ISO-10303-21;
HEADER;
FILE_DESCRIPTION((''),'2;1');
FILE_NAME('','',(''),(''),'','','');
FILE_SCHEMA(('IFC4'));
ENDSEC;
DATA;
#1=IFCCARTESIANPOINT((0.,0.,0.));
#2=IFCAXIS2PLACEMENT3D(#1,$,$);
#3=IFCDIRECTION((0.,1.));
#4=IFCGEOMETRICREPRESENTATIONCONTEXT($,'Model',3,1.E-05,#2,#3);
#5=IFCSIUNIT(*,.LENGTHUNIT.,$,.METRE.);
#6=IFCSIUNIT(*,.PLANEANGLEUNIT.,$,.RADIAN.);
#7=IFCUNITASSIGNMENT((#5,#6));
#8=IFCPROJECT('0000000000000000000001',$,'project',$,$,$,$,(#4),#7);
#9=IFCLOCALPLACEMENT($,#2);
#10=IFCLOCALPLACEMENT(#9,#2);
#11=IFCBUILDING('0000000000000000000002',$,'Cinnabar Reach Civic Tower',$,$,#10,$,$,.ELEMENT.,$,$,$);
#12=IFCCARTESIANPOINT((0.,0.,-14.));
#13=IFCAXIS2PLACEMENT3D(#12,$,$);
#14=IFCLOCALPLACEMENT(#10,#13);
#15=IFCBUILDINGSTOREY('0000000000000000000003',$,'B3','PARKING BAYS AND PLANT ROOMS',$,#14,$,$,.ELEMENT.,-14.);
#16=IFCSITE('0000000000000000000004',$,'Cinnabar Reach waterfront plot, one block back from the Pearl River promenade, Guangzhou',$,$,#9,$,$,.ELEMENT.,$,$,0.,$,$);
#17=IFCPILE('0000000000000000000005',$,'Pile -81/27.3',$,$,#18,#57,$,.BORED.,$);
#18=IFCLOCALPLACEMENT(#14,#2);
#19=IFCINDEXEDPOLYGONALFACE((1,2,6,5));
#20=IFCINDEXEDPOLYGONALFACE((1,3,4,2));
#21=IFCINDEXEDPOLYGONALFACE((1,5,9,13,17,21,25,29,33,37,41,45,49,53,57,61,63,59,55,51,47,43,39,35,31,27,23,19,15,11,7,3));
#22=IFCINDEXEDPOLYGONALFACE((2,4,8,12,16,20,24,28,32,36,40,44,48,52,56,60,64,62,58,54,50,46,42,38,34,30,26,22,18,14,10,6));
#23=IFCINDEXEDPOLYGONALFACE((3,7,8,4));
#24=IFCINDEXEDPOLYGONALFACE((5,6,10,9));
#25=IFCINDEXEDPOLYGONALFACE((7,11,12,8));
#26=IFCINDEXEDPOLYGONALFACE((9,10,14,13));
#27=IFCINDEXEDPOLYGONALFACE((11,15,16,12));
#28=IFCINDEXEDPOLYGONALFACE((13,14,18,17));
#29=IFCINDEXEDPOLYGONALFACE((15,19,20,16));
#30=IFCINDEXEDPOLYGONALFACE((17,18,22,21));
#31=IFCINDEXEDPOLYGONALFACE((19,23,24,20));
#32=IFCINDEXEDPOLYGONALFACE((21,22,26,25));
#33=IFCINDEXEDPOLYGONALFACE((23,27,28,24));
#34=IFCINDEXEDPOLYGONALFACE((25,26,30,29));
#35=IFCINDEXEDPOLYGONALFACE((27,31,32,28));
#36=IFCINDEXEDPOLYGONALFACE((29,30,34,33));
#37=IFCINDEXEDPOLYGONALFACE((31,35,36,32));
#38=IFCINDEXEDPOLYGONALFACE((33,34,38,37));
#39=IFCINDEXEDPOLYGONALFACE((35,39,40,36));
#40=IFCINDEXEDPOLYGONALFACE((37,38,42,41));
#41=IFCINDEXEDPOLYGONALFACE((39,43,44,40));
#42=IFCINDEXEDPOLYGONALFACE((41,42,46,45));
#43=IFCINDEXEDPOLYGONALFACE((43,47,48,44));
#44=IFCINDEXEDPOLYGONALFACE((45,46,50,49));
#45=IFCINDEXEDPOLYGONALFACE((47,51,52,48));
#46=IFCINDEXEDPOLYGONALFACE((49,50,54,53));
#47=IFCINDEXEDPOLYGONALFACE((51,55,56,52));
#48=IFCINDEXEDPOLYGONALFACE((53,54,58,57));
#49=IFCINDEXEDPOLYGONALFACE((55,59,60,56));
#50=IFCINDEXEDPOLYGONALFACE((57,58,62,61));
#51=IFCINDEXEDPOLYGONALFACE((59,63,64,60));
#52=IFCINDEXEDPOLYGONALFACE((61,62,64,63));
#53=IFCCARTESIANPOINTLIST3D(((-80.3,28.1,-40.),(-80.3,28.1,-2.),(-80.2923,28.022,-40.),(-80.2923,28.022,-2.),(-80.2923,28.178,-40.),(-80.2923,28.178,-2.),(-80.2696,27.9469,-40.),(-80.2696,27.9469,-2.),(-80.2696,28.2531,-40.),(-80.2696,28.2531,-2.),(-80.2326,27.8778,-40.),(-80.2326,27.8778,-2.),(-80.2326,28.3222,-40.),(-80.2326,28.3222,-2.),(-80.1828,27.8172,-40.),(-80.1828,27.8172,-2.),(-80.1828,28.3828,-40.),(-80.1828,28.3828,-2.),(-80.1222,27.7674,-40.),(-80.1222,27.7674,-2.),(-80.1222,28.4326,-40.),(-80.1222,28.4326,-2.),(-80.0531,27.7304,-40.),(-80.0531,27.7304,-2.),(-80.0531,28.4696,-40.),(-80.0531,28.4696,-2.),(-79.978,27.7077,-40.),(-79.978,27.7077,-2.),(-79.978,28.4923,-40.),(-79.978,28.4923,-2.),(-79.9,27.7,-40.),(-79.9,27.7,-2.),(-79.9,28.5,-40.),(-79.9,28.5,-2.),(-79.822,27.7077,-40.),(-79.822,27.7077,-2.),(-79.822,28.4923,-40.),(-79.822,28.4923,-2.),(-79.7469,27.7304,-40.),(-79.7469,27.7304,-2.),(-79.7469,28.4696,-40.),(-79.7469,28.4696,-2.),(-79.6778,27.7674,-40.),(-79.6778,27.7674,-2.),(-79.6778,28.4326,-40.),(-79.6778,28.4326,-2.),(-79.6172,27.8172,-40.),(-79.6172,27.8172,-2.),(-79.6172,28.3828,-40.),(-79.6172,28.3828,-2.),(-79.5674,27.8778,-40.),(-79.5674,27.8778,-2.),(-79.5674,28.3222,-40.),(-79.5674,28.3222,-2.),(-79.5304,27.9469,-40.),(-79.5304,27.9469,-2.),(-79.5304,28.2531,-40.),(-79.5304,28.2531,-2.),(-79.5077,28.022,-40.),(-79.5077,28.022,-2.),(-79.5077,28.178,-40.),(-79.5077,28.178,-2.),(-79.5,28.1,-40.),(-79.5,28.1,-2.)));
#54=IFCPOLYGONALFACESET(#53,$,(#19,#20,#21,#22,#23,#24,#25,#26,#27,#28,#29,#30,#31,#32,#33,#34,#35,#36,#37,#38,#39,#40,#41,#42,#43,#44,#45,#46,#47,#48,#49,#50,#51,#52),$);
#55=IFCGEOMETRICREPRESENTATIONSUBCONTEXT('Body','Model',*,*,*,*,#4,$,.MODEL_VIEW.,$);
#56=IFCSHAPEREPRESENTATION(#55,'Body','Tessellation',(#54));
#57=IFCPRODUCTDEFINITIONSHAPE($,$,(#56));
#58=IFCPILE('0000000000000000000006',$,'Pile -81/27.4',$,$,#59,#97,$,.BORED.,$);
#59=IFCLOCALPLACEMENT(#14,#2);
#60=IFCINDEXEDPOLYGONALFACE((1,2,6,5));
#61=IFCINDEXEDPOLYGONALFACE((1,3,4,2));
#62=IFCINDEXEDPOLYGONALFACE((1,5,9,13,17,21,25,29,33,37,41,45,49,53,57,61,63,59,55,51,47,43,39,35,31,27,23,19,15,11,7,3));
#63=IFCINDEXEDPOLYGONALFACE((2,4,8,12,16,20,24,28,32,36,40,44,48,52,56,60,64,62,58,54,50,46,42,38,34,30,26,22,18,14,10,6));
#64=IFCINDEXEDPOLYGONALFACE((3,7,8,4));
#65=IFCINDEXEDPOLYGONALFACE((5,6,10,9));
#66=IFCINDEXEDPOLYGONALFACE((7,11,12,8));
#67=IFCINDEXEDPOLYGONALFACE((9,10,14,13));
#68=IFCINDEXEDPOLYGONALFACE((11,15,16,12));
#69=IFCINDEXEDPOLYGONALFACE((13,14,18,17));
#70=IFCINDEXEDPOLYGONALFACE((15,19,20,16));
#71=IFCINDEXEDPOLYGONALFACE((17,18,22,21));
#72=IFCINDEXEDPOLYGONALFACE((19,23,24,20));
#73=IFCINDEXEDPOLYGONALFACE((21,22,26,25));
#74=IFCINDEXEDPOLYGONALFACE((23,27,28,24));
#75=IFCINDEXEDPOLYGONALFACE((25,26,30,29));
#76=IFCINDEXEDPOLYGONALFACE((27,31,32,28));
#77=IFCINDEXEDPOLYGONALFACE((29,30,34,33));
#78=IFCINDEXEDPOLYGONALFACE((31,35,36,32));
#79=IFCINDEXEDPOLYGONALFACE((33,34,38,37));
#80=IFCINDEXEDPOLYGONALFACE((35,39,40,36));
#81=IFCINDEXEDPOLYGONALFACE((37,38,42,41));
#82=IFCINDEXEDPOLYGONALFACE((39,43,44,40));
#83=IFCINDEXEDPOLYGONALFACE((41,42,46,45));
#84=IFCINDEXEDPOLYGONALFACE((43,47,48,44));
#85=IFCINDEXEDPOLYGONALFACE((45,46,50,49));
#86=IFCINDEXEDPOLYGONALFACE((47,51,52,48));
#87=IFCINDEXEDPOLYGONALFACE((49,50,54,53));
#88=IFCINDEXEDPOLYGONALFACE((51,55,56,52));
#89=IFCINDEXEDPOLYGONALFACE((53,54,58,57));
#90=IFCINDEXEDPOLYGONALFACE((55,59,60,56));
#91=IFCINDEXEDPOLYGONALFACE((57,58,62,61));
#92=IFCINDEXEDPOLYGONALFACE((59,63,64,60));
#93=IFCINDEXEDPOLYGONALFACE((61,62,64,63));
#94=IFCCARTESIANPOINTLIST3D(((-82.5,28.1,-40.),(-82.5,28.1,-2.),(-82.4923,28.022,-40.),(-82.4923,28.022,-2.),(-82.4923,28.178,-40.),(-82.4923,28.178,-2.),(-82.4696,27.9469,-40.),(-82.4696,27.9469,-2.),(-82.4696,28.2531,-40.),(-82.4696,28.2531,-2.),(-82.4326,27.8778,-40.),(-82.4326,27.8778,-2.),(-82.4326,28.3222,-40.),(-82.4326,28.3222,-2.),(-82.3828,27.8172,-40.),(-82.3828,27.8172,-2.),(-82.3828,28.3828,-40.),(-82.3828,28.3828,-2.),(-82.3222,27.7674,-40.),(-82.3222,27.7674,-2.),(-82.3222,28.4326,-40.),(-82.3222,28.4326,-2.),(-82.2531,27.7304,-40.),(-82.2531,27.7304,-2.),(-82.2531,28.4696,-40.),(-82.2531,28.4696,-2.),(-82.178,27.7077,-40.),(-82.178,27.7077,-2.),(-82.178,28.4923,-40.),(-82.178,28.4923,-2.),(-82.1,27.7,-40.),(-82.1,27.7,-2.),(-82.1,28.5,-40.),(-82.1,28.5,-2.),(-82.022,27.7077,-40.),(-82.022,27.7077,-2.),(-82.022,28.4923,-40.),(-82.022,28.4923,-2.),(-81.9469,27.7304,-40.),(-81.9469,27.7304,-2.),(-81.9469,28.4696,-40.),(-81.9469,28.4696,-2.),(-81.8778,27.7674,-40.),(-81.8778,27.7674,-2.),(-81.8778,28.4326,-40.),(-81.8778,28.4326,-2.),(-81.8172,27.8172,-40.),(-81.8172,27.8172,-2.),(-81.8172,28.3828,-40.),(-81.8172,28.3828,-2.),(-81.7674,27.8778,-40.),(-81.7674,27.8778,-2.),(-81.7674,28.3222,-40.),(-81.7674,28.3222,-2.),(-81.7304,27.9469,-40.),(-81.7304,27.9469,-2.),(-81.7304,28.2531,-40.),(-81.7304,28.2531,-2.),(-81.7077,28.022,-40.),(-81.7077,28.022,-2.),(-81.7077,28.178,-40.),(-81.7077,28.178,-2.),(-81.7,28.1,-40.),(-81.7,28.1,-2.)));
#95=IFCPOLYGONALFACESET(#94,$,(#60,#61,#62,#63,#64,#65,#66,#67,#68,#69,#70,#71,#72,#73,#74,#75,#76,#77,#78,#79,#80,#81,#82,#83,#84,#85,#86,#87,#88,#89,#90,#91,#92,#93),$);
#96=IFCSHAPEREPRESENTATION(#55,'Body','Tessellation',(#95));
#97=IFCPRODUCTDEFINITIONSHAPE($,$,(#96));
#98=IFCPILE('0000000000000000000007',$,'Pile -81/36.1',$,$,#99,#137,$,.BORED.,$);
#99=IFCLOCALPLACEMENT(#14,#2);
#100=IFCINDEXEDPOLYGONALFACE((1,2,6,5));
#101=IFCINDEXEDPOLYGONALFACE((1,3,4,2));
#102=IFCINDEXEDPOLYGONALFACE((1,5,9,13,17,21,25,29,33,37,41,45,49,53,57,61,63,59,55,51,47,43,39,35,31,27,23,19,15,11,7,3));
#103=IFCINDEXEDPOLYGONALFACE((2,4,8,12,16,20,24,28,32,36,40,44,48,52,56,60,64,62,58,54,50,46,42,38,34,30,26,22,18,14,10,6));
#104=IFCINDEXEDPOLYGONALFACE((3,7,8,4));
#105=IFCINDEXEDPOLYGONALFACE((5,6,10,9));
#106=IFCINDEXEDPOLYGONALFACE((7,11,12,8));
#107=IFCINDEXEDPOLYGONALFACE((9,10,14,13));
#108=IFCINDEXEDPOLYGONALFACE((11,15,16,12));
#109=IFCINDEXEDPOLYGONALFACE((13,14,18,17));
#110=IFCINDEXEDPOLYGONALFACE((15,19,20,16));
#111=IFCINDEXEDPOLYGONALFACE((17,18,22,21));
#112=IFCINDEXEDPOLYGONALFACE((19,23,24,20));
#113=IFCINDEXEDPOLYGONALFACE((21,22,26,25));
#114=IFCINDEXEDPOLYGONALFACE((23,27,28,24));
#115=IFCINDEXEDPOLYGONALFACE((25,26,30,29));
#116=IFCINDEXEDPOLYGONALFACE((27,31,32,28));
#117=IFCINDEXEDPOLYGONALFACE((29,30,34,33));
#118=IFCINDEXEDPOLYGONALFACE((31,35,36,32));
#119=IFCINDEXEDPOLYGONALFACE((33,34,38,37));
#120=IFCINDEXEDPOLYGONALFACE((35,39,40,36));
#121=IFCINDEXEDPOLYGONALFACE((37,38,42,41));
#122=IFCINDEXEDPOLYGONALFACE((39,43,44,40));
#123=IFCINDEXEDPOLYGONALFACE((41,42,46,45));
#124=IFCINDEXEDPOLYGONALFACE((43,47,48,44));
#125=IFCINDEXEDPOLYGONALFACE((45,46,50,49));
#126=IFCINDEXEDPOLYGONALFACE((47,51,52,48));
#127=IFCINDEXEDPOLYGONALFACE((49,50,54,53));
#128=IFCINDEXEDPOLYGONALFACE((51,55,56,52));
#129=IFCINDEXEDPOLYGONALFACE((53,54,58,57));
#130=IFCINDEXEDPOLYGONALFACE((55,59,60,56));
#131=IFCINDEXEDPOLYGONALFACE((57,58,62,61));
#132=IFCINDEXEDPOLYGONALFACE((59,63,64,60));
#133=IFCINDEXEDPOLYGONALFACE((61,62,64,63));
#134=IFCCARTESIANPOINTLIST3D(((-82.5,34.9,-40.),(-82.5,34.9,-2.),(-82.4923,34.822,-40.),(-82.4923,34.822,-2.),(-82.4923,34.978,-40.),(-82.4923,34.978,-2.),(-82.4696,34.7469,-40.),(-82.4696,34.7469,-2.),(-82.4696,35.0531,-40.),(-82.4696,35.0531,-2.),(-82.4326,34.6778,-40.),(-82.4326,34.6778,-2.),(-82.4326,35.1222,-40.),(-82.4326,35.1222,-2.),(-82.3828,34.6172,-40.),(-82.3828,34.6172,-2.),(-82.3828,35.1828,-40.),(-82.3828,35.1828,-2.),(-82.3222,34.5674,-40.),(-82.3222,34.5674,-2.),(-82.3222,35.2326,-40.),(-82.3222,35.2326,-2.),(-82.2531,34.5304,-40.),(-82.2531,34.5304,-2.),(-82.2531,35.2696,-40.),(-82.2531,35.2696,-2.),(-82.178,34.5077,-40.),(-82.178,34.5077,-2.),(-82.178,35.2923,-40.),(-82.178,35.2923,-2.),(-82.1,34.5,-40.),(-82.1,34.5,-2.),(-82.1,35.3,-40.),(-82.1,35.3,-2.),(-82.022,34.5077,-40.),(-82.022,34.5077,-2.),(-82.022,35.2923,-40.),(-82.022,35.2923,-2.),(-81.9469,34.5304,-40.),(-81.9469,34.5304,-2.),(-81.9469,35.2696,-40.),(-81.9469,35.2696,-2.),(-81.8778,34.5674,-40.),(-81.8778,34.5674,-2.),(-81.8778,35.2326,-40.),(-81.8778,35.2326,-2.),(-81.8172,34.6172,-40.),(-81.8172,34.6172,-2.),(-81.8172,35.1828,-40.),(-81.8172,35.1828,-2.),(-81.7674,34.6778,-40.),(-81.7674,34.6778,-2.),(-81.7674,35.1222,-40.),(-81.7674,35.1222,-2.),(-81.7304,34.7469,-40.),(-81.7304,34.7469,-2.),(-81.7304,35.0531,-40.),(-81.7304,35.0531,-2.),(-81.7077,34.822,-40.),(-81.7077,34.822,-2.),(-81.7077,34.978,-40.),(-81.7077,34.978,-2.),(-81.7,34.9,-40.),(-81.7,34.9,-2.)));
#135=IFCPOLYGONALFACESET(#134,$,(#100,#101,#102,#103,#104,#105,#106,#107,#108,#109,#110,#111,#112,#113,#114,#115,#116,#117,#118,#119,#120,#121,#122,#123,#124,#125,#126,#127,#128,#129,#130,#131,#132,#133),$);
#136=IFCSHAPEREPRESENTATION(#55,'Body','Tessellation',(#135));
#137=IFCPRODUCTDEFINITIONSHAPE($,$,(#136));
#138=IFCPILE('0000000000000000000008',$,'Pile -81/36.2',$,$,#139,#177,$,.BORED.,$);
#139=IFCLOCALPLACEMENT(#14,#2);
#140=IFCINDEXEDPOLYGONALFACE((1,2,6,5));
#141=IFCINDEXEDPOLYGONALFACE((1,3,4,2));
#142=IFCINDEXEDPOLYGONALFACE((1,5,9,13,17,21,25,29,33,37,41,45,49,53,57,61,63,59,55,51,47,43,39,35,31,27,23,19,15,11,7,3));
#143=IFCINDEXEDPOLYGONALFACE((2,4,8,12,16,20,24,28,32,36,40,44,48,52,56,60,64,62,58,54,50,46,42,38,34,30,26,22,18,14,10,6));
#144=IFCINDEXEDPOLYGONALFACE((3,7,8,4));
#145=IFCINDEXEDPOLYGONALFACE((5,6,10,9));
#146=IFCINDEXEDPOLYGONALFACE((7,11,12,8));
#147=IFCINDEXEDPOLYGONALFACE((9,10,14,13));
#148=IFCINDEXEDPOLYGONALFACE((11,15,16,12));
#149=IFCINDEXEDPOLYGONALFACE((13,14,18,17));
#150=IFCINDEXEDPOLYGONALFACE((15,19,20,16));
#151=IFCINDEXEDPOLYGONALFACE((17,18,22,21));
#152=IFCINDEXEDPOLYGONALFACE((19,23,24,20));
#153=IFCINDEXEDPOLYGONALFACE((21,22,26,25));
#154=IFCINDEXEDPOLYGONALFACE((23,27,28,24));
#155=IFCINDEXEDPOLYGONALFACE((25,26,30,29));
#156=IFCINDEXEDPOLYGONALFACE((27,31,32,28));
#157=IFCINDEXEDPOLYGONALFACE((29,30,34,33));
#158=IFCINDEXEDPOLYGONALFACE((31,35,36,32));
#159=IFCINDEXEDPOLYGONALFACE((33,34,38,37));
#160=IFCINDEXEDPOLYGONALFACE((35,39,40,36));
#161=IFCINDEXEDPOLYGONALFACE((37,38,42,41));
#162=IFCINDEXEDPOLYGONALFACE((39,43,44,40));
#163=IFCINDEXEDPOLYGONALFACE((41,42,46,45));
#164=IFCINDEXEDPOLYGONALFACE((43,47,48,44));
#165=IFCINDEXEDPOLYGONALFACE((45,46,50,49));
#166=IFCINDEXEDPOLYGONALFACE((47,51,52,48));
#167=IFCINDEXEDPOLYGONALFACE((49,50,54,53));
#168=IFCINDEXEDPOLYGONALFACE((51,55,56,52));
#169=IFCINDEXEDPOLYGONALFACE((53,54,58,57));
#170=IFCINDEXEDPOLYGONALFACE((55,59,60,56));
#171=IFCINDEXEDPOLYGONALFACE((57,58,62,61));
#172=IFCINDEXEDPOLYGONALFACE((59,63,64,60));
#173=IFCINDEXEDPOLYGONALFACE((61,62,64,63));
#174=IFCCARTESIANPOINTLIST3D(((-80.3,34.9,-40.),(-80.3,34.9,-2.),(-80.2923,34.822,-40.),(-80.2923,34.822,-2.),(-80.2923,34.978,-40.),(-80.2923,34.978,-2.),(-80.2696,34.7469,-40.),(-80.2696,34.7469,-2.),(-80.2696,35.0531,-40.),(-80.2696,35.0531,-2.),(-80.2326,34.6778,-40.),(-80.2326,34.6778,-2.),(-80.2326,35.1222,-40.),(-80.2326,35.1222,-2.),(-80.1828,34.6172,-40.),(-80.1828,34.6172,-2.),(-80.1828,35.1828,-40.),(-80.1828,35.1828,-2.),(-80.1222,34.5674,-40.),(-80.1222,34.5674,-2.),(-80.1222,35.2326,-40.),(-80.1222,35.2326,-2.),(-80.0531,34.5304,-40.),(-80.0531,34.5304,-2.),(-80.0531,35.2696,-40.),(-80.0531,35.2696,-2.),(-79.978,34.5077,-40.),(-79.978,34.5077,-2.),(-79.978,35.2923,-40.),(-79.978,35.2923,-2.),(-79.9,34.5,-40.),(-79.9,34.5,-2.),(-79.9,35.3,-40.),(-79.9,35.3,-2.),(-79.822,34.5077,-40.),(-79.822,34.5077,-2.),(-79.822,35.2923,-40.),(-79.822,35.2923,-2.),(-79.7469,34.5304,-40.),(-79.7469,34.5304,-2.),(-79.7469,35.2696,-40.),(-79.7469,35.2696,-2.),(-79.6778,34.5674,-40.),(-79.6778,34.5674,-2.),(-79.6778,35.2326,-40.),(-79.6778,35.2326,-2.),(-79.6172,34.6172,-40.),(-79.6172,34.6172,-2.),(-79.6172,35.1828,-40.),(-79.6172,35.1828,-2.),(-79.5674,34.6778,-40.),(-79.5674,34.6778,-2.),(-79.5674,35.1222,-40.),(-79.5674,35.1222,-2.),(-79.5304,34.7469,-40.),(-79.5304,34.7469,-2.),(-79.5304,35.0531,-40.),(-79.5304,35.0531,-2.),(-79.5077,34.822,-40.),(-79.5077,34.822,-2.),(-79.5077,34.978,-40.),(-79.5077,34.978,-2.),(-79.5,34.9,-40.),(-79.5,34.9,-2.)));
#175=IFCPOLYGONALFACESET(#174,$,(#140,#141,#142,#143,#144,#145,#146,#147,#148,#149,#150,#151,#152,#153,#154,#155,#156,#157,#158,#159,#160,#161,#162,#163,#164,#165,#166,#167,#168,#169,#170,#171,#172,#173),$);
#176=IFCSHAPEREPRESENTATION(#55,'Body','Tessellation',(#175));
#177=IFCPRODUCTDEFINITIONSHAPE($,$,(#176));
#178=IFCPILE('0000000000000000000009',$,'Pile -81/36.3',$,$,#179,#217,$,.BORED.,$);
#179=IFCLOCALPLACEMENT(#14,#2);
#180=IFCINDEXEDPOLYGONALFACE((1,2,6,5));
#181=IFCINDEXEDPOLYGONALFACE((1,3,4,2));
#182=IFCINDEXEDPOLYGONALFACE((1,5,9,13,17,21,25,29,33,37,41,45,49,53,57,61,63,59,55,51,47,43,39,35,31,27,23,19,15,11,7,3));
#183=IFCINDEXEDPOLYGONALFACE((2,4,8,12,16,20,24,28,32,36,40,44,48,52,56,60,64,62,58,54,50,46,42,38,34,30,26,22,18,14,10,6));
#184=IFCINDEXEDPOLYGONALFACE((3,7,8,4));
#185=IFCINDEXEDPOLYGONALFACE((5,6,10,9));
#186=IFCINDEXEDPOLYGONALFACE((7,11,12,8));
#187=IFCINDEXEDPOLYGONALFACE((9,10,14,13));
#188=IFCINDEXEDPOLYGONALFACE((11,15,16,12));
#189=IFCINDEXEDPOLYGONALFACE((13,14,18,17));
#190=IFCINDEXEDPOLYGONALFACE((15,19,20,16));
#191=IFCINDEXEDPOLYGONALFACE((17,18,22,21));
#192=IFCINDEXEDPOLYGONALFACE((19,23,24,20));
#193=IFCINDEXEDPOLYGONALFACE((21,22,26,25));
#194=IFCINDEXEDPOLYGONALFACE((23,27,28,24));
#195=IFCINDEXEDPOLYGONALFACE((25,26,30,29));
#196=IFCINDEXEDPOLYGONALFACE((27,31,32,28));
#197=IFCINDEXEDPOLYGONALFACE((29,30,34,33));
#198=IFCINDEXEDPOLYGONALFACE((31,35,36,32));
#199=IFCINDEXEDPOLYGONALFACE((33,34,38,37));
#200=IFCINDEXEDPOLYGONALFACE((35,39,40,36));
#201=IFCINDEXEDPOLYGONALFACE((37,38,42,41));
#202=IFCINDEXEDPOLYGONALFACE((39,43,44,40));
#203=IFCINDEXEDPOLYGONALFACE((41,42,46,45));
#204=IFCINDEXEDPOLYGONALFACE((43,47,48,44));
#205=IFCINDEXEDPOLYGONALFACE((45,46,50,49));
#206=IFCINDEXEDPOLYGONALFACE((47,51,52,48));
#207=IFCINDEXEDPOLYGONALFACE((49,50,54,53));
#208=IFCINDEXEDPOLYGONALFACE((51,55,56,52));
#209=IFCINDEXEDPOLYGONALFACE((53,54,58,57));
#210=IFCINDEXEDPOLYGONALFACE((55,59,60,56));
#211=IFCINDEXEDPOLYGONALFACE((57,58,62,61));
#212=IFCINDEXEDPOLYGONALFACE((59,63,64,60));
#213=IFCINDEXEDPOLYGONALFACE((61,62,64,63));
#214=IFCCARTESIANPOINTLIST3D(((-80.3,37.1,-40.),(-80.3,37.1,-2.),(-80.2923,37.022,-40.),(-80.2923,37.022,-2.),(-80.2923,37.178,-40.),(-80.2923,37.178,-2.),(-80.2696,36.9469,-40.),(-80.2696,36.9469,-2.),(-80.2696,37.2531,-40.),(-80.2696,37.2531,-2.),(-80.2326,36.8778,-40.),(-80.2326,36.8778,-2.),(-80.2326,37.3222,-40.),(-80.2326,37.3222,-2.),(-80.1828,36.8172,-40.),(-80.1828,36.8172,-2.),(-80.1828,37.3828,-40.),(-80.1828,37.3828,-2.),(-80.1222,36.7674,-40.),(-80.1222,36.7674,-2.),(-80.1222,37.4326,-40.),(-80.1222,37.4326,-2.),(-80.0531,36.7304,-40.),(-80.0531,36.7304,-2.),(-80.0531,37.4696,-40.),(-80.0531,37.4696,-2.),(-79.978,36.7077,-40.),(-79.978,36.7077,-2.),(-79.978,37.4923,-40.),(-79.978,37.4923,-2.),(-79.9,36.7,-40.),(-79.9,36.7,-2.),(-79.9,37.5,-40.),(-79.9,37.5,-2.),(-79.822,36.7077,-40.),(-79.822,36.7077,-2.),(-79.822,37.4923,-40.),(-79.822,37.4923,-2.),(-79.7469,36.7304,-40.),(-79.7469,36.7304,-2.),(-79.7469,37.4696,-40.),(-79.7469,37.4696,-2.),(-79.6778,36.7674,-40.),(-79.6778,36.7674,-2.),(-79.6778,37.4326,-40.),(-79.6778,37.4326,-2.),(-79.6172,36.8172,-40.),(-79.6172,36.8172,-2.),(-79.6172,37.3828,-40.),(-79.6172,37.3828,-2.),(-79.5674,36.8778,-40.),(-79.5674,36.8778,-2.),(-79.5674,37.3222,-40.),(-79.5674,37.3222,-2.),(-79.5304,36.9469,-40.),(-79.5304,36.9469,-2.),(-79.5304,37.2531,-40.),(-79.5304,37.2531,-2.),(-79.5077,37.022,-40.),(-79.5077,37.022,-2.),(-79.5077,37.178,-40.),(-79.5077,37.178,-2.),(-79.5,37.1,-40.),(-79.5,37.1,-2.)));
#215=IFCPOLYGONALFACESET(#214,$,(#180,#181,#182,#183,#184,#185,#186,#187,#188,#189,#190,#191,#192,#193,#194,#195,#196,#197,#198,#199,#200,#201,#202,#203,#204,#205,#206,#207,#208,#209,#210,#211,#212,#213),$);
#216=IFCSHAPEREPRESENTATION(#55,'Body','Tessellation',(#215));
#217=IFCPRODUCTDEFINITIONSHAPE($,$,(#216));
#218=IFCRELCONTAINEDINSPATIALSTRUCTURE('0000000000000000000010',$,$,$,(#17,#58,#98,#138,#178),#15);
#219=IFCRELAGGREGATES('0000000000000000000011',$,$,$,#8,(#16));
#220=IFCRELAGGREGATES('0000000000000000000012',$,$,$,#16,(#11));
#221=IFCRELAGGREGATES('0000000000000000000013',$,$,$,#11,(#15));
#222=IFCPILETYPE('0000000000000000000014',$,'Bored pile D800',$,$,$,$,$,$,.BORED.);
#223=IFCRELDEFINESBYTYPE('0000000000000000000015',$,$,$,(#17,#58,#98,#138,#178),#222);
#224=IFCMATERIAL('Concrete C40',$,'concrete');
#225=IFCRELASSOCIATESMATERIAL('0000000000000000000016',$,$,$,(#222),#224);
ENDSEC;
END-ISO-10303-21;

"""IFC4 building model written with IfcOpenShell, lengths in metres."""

from ifc_helpers import new_model, si_unit, direction, frame, origin, origin_2d, place, context, subcontext, project, spatial, circle, extrude, material, type_object, element, save


model = new_model("IFC4")

# Units and contexts
model_context = context("Model", 3, precision=1e-05, world=origin(), true_north=direction((0.0, 1.0)))
body_context = subcontext(model_context, "Body", "Model", "MODEL_VIEW")
ifc_project = project(units=[si_unit("LENGTHUNIT", "METRE"), si_unit("PLANEANGLEUNIT", "RADIAN")], contexts=[model_context])

# Site, building, storey
site_placement = place(None, origin())
site = spatial("IfcSite", under=ifc_project, at=site_placement, Name="Cinnabar Reach waterfront plot, one block back from the Pearl River promenade, Guangzhou", CompositionType="ELEMENT", RefElevation=0.0)
building_placement = place(site_placement, origin())
building = spatial("IfcBuilding", under=site, at=building_placement, Name="Cinnabar Reach Civic Tower", CompositionType="ELEMENT")
storey_placement = place(building_placement, frame((0.0, 0.0, -14.0)))
storey = spatial("IfcBuildingStorey", under=building, at=storey_placement, Name="B3", Description="PARKING BAYS AND PLANT ROOMS", CompositionType="ELEMENT", Elevation=-14.0)

# Piles
ifc_material_1 = material(Name="Concrete C40", Category="concrete")
pile_type = type_object("IfcPileType", Name="Bored pile D800", PredefinedType="BORED", material=ifc_material_1)
for number, where, z_axis, x_axis, name in (
    (1, (-79.9, 28.1, -2.0), (0.0, 0.0, -1.0), (1.0, 0.0, 0.0), "Pile -81/27.3"),
    (2, (-82.1, 28.1, -2.0), (0.0, 0.0, -1.0), (1.0, 0.0, 0.0), "Pile -81/27.4"),
    (3, (-82.1, 34.9, -2.0), (0.0, 0.0, -1.0), (1.0, 0.0, 0.0), "Pile -81/36.1"),
    (4, (-79.9, 34.9, -2.0), (0.0, 0.0, -1.0), (1.0, 0.0, 0.0), "Pile -81/36.2"),
    (5, (-79.9, 37.1, -2.0), (0.0, 0.0, -1.0), (1.0, 0.0, 0.0), "Pile -81/36.3"),
):
    element("IfcPile", number, at=place(storey_placement, frame(where, z_axis=z_axis, x_axis=x_axis)), inside=storey, type_object=pile_type, Name=name, PredefinedType="BORED", context=body_context, shape_type="SweptSolid", body=[
        extrude(circle(Radius=0.4, at=origin_2d()), origin(), (0.0, 0.0, 1.0), 38.0),
    ])

save(model, "model.ifc")
